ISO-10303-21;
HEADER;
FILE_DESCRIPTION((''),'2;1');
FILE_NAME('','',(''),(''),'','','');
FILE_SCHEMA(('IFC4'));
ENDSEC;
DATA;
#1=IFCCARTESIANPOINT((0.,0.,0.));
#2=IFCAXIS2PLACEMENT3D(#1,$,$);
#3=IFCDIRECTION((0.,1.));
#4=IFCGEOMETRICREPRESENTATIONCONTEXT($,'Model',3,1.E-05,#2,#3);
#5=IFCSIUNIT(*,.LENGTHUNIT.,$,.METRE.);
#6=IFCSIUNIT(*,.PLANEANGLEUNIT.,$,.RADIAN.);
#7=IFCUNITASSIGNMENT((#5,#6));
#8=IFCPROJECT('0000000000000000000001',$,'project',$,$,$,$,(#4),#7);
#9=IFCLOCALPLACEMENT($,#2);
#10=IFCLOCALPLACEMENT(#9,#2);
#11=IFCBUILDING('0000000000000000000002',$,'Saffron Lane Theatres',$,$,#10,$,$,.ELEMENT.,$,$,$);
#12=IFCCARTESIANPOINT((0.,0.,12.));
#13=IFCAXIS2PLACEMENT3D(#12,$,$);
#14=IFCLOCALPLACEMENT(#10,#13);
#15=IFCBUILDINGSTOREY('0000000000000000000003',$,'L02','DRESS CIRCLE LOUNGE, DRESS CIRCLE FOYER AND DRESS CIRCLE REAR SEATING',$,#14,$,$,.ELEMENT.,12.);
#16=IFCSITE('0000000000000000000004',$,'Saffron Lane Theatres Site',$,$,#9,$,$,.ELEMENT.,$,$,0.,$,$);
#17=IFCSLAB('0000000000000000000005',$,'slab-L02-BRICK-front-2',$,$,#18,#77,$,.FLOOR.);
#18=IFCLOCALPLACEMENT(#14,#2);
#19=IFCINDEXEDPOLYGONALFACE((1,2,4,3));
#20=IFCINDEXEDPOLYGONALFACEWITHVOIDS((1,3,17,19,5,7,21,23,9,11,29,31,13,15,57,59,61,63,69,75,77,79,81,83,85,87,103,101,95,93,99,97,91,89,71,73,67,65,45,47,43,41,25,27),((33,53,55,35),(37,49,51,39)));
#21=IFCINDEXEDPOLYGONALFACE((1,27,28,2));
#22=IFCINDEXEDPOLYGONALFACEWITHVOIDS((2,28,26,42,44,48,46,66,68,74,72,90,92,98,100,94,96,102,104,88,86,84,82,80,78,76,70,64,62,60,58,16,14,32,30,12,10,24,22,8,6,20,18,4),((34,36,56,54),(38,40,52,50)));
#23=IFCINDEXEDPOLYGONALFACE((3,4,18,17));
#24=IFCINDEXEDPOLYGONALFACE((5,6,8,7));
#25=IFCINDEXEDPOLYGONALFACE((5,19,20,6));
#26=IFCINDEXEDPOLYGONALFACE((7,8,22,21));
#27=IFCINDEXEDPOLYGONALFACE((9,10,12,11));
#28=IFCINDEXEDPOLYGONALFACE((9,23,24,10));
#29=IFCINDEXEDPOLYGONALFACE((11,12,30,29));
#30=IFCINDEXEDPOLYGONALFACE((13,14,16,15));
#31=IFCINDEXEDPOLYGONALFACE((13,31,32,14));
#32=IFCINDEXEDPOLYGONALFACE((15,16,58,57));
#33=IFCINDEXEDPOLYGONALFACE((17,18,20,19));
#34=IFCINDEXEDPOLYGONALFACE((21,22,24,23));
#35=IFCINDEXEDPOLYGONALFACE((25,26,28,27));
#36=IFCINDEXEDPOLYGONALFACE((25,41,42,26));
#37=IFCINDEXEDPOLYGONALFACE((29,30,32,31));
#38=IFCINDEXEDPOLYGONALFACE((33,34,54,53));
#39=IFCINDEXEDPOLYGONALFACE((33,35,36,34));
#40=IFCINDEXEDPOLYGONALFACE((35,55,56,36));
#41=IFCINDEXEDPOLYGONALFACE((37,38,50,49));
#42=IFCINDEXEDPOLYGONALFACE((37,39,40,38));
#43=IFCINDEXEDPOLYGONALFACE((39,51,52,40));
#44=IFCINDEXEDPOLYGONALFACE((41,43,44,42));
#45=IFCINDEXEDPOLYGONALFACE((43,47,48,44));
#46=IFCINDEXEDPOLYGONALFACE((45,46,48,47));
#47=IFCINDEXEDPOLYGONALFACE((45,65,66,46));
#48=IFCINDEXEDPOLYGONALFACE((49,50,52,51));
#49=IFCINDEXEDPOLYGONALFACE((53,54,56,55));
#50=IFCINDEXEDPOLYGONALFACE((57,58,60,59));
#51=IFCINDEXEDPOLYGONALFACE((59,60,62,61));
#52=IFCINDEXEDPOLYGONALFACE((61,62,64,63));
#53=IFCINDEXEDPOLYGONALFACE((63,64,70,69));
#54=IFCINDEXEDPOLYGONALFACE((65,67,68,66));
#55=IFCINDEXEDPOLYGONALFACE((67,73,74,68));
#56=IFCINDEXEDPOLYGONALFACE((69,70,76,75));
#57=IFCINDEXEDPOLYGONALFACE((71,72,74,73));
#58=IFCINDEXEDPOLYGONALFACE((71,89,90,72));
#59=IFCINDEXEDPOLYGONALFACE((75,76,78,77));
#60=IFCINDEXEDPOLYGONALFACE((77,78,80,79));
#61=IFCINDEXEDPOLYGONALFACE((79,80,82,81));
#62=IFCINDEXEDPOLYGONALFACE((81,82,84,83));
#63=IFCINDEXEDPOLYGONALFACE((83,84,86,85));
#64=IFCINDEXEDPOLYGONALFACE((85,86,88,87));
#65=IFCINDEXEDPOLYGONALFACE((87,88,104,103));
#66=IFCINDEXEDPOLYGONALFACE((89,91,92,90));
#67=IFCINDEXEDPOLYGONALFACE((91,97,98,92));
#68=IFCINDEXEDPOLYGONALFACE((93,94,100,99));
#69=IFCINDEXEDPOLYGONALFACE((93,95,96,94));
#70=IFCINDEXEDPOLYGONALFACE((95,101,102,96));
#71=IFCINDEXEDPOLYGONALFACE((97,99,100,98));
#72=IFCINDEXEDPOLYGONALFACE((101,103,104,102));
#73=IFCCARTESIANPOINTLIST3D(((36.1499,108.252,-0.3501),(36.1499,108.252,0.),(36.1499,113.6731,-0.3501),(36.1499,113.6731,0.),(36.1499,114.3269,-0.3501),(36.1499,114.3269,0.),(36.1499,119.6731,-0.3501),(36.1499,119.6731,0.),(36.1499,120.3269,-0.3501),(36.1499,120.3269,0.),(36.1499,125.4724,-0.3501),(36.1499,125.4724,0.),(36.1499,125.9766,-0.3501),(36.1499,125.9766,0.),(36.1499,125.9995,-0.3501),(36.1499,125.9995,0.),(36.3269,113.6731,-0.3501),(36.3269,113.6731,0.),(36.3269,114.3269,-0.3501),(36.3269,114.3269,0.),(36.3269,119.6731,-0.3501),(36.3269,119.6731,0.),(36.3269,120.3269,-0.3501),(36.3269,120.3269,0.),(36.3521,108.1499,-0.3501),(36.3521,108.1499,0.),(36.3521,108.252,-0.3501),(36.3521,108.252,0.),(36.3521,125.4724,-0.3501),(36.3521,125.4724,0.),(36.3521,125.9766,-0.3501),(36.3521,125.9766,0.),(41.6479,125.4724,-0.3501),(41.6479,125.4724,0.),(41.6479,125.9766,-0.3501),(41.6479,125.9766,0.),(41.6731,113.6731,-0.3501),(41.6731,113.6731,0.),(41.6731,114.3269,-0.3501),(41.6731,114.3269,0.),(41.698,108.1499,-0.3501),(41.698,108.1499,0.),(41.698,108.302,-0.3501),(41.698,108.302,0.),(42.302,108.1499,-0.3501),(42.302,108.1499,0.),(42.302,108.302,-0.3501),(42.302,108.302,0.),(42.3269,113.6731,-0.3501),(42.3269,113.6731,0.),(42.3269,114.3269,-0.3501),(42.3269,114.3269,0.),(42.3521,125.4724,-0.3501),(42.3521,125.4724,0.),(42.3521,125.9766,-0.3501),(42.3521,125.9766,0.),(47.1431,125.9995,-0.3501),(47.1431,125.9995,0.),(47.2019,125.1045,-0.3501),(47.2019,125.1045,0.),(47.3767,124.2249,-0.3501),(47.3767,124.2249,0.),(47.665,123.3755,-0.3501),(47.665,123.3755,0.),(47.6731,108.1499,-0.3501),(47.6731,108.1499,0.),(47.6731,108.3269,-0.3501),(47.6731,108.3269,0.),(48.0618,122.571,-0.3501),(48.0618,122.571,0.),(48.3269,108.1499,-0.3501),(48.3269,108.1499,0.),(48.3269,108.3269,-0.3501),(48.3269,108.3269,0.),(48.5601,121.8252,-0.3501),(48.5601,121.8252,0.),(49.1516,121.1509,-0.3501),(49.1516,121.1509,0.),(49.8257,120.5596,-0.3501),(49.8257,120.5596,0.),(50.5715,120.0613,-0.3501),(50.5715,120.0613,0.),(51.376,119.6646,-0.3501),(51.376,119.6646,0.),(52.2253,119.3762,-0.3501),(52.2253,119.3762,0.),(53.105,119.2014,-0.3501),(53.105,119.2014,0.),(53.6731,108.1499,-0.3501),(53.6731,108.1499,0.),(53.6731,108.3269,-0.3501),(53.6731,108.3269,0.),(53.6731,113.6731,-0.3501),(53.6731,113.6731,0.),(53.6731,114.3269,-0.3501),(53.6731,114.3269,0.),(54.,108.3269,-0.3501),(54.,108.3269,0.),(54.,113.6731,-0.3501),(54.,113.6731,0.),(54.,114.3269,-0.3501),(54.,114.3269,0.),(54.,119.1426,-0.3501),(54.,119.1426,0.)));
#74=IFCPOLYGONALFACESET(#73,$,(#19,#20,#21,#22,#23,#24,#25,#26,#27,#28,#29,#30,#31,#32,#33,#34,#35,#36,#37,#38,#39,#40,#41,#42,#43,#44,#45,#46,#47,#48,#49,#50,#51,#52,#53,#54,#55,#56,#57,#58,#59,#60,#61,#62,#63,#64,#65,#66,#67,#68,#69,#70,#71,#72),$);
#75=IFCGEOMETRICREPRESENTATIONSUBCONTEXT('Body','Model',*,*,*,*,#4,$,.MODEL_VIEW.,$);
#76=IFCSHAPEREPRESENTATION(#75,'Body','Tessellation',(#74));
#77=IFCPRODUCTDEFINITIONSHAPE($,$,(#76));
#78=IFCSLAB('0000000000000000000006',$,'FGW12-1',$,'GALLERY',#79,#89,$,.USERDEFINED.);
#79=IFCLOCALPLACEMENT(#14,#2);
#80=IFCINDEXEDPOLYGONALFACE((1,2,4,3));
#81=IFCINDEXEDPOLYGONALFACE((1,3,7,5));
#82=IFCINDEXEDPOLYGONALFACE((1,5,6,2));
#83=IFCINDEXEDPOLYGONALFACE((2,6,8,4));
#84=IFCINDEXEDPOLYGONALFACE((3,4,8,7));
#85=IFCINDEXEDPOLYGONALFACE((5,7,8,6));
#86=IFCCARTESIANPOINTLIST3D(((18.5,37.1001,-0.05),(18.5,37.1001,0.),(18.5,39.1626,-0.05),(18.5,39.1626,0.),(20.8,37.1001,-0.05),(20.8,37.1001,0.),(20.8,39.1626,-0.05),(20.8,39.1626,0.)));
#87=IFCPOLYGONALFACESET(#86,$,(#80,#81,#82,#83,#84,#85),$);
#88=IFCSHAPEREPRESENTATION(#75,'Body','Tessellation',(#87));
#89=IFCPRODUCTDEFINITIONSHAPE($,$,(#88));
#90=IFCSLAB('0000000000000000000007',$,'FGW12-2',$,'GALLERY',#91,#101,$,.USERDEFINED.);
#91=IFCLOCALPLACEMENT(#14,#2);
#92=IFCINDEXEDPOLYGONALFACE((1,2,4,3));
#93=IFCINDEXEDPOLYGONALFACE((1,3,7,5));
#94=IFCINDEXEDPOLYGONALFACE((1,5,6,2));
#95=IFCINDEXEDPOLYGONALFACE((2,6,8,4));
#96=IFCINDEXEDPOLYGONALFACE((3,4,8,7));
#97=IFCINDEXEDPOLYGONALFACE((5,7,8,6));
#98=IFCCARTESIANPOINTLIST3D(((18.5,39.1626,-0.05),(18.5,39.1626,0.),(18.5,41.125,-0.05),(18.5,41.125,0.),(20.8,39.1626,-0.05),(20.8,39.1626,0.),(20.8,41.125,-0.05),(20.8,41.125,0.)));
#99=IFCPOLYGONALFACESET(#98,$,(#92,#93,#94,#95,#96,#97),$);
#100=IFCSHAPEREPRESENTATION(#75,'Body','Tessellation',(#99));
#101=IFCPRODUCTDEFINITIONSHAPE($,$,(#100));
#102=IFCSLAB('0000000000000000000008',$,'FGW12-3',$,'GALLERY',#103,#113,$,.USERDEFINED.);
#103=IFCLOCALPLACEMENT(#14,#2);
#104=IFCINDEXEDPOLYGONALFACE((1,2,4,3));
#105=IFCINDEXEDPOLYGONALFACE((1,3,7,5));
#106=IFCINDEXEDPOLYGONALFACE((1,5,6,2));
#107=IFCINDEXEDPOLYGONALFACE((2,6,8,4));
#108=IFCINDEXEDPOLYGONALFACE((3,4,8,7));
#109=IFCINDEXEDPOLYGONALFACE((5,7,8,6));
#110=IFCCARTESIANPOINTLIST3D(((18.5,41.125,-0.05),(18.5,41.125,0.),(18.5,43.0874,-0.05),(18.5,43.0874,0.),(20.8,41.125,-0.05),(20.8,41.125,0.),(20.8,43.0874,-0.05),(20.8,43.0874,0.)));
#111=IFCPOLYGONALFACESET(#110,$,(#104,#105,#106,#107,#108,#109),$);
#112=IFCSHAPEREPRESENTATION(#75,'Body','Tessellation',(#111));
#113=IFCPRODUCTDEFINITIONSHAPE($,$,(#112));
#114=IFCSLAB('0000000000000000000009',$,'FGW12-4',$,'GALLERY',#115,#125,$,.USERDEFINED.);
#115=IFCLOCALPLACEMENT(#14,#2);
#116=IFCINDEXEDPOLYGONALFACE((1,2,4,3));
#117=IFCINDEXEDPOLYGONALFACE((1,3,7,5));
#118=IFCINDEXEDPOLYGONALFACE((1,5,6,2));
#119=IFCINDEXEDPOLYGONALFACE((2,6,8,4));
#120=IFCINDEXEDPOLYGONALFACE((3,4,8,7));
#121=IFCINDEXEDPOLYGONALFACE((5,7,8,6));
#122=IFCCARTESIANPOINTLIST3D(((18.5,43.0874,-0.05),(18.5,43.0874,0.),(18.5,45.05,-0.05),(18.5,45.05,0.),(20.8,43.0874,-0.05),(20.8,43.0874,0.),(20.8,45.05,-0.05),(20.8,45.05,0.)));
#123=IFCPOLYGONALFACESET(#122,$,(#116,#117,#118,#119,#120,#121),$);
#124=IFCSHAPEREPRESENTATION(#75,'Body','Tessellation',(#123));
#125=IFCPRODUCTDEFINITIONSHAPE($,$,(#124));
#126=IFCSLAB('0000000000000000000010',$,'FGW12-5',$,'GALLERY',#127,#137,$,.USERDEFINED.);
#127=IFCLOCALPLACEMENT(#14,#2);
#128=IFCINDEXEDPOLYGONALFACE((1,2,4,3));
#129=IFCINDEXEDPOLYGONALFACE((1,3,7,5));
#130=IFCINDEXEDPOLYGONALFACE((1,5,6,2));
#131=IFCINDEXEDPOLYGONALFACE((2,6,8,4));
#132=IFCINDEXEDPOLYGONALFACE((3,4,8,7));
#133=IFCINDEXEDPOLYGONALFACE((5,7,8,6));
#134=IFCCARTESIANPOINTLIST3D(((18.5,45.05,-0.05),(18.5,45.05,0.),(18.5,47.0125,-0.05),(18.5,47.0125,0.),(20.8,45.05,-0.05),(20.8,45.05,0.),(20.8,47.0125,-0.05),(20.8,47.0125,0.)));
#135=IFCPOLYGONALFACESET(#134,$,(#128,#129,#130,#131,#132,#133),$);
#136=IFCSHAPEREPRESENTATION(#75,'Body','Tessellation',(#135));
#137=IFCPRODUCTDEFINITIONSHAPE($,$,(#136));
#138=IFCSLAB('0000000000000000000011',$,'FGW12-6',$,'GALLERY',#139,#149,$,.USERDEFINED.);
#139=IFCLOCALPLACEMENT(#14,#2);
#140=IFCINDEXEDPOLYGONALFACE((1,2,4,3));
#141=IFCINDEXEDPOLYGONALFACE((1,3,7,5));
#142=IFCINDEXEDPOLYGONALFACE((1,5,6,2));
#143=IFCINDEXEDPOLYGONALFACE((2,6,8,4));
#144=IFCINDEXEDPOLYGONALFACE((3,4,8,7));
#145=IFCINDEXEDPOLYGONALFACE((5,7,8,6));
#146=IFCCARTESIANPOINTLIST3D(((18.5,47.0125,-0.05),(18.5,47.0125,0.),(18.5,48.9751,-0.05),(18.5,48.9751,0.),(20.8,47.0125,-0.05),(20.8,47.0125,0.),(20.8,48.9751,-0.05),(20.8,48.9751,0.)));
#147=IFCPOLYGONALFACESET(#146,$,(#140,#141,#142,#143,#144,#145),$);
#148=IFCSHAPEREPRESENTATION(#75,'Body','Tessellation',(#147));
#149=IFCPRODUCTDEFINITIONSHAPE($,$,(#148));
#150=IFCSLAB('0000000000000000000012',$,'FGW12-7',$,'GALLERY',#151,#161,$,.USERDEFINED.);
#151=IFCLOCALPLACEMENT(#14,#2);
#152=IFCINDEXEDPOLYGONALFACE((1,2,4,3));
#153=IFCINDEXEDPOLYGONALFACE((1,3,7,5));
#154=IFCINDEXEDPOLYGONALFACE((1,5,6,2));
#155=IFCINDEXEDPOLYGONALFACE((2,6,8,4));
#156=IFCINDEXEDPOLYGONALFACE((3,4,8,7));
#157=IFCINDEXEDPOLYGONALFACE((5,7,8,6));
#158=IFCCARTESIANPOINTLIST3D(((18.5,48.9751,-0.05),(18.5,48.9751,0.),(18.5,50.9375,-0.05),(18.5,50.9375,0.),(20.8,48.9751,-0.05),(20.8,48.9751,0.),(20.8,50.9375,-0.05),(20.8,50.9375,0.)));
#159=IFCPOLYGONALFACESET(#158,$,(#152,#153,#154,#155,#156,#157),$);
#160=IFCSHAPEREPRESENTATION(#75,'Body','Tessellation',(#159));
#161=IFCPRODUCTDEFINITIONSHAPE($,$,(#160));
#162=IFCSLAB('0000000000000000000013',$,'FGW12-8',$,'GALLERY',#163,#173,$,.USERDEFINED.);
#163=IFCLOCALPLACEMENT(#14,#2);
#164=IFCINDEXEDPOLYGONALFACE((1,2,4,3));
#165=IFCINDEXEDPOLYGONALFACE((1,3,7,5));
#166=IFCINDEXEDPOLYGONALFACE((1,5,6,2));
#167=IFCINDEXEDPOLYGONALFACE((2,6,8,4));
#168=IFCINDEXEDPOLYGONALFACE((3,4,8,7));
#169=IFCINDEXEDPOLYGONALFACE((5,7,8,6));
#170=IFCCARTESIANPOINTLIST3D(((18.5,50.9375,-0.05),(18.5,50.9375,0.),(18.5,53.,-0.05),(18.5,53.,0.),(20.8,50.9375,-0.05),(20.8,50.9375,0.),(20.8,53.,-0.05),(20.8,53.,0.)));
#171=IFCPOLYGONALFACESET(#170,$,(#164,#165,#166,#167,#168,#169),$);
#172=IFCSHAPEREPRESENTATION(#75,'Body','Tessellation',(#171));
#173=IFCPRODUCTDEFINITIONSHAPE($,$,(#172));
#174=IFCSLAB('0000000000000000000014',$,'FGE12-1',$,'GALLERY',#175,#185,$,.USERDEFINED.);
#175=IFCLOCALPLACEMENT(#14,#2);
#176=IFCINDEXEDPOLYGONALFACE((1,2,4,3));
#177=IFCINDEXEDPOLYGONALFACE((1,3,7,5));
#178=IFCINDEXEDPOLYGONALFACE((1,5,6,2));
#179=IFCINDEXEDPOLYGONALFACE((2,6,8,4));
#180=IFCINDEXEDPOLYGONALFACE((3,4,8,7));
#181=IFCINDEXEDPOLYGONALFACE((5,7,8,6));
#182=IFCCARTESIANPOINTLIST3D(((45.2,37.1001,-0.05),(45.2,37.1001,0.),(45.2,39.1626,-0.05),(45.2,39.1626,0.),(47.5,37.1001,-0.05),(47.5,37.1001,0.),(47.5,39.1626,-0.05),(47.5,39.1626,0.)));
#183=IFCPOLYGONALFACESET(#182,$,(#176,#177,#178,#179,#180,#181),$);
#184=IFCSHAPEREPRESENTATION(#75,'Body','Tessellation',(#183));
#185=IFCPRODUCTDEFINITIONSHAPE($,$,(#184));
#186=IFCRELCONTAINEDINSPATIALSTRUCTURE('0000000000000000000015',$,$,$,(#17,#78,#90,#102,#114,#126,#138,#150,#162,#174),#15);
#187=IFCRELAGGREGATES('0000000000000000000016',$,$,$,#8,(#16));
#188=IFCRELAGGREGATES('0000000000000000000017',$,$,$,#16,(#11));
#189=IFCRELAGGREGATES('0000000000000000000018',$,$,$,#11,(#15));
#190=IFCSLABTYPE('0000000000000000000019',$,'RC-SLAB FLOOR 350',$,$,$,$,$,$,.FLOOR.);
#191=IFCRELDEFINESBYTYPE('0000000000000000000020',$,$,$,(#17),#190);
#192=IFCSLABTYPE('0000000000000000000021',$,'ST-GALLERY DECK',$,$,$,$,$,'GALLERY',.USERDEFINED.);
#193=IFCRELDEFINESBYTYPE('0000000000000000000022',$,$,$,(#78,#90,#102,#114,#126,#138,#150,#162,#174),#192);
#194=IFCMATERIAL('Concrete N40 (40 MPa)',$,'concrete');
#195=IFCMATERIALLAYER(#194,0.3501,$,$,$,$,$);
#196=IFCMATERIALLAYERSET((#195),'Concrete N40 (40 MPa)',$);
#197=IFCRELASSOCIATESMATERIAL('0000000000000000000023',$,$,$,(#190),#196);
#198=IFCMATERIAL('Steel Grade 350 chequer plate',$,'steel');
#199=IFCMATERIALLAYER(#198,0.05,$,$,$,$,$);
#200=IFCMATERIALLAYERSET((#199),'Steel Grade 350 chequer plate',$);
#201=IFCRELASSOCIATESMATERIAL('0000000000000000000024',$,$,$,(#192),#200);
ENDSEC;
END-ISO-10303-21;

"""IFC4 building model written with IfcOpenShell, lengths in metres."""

from ifc_helpers import new_model, si_unit, direction, frame, origin, place, context, subcontext, project, spatial, polyline, outline, extrude, material, layer, layer_set, type_object, element, save


model = new_model("IFC4")

# Units and contexts
model_context = context("Model", 3, precision=1e-05, world=origin(), true_north=direction((0.0, 1.0)))
body_context = subcontext(model_context, "Body", "Model", "MODEL_VIEW")
ifc_project = project(units=[si_unit("LENGTHUNIT", "METRE"), si_unit("PLANEANGLEUNIT", "RADIAN")], contexts=[model_context])

# Site, building, storey
site_placement = place(None, origin())
site = spatial("IfcSite", under=ifc_project, at=site_placement, Name="Saffron Lane Theatres Site", CompositionType="ELEMENT", RefElevation=0.0)
building_placement = place(site_placement, origin())
building = spatial("IfcBuilding", under=site, at=building_placement, Name="Saffron Lane Theatres", CompositionType="ELEMENT")
storey_placement = place(building_placement, frame((0.0, 0.0, 12.0)))
storey = spatial("IfcBuildingStorey", under=building, at=storey_placement, Name="L02", Description="DRESS CIRCLE LOUNGE, DRESS CIRCLE FOYER AND DRESS CIRCLE REAR SEATING", CompositionType="ELEMENT", Elevation=12.0)

# Slabs
ifc_material_1 = material(Name="Concrete N40 (40 MPa)", Category="concrete")
ifc_layer_1 = layer(ifc_material_1, 0.3501)
ifc_layer_set_1 = layer_set([ifc_layer_1], Name="Concrete N40 (40 MPa)")
slab_type_1 = type_object("IfcSlabType", Name="RC-SLAB FLOOR 350", PredefinedType="FLOOR", material=ifc_layer_set_1)
slab_1_placement = place(storey_placement, frame((0.0, 0.0, -0.3501)))
element("IfcSlab", 1, at=slab_1_placement, inside=storey, type_object=slab_type_1, Name="slab-L02-BRICK-front-2", PredefinedType="FLOOR", context=body_context, shape_type="SweptSolid", body=[
    extrude(outline(polyline([(47.2019, 125.1045), (47.1431, 125.9995), (36.1499, 125.9995), (36.1499, 125.9766), (36.3521, 125.9766), (36.3521, 125.4724), (36.1499, 125.4724), (36.1499, 120.3269), (36.3269, 120.3269), (36.3269, 119.6731), (36.1499, 119.6731), (36.1499, 114.3269), (36.3269, 114.3269), (36.3269, 113.6731), (36.1499, 113.6731), (36.1499, 108.252), (36.3521, 108.252), (36.3521, 108.1499), (41.698, 108.1499), (41.698, 108.302), (42.302, 108.302), (42.302, 108.1499), (47.6731, 108.1499), (47.6731, 108.3269), (48.3269, 108.3269), (48.3269, 108.1499), (53.6731, 108.1499), (53.6731, 108.3269), (54.0, 108.3269), (54.0, 113.6731), (53.6731, 113.6731), (53.6731, 114.3269), (54.0, 114.3269), (54.0, 119.1426), (53.105, 119.2014), (52.2253, 119.3762), (51.376, 119.6646), (50.5715, 120.0613), (49.8257, 120.5596), (49.1516, 121.1509), (48.5601, 121.8252), (48.0618, 122.571), (47.665, 123.3755), (47.3767, 124.2249), (47.2019, 125.1045)]), holes=[polyline([(42.3521, 125.9766), (42.3521, 125.4724), (41.6479, 125.4724), (41.6479, 125.9766), (42.3521, 125.9766)]), polyline([(42.3269, 113.6731), (41.6731, 113.6731), (41.6731, 114.3269), (42.3269, 114.3269), (42.3269, 113.6731)])]), origin(), (0.0, 0.0, 1.0), 0.3501),
])
ifc_material_2 = material(Name="Steel Grade 350 chequer plate", Category="steel")
ifc_layer_2 = layer(ifc_material_2, 0.05)
ifc_layer_set_2 = layer_set([ifc_layer_2], Name="Steel Grade 350 chequer plate")
slab_type_2 = type_object("IfcSlabType", Name="ST-GALLERY DECK", ElementType="GALLERY", PredefinedType="USERDEFINED", material=ifc_layer_set_2)
slab_2_placement = place(storey_placement, frame((0.0, 0.0, -0.05)))
element("IfcSlab", 2, at=slab_2_placement, inside=storey, type_object=slab_type_2, Name="FGW12-1", ObjectType="GALLERY", PredefinedType="USERDEFINED", context=body_context, shape_type="SweptSolid", body=[
    extrude(outline(polyline([(18.5, 37.1001), (20.8, 37.1001), (20.8, 39.1626), (18.5, 39.1626), (18.5, 37.1001)])), origin(), (0.0, 0.0, 1.0), 0.05),
])
slab_3_placement = place(storey_placement, frame((0.0, 0.0, -0.05)))
element("IfcSlab", 3, at=slab_3_placement, inside=storey, type_object=slab_type_2, Name="FGW12-2", ObjectType="GALLERY", PredefinedType="USERDEFINED", context=body_context, shape_type="SweptSolid", body=[
    extrude(outline(polyline([(18.5, 39.1626), (20.8, 39.1626), (20.8, 41.125), (18.5, 41.125), (18.5, 39.1626)])), origin(), (0.0, 0.0, 1.0), 0.05),
])
slab_4_placement = place(storey_placement, frame((0.0, 0.0, -0.05)))
element("IfcSlab", 4, at=slab_4_placement, inside=storey, type_object=slab_type_2, Name="FGW12-3", ObjectType="GALLERY", PredefinedType="USERDEFINED", context=body_context, shape_type="SweptSolid", body=[
    extrude(outline(polyline([(18.5, 41.125), (20.8, 41.125), (20.8, 43.0874), (18.5, 43.0874), (18.5, 41.125)])), origin(), (0.0, 0.0, 1.0), 0.05),
])
slab_5_placement = place(storey_placement, frame((0.0, 0.0, -0.05)))
element("IfcSlab", 5, at=slab_5_placement, inside=storey, type_object=slab_type_2, Name="FGW12-4", ObjectType="GALLERY", PredefinedType="USERDEFINED", context=body_context, shape_type="SweptSolid", body=[
    extrude(outline(polyline([(18.5, 43.0874), (20.8, 43.0874), (20.8, 45.05), (18.5, 45.05), (18.5, 43.0874)])), origin(), (0.0, 0.0, 1.0), 0.05),
])
slab_6_placement = place(storey_placement, frame((0.0, 0.0, -0.05)))
element("IfcSlab", 6, at=slab_6_placement, inside=storey, type_object=slab_type_2, Name="FGW12-5", ObjectType="GALLERY", PredefinedType="USERDEFINED", context=body_context, shape_type="SweptSolid", body=[
    extrude(outline(polyline([(18.5, 45.05), (20.8, 45.05), (20.8, 47.0125), (18.5, 47.0125), (18.5, 45.05)])), origin(), (0.0, 0.0, 1.0), 0.05),
])
slab_7_placement = place(storey_placement, frame((0.0, 0.0, -0.05)))
element("IfcSlab", 7, at=slab_7_placement, inside=storey, type_object=slab_type_2, Name="FGW12-6", ObjectType="GALLERY", PredefinedType="USERDEFINED", context=body_context, shape_type="SweptSolid", body=[
    extrude(outline(polyline([(18.5, 47.0125), (20.8, 47.0125), (20.8, 48.9751), (18.5, 48.9751), (18.5, 47.0125)])), origin(), (0.0, 0.0, 1.0), 0.05),
])
slab_8_placement = place(storey_placement, frame((0.0, 0.0, -0.05)))
element("IfcSlab", 8, at=slab_8_placement, inside=storey, type_object=slab_type_2, Name="FGW12-7", ObjectType="GALLERY", PredefinedType="USERDEFINED", context=body_context, shape_type="SweptSolid", body=[
    extrude(outline(polyline([(18.5, 48.9751), (20.8, 48.9751), (20.8, 50.9375), (18.5, 50.9375), (18.5, 48.9751)])), origin(), (0.0, 0.0, 1.0), 0.05),
])
slab_9_placement = place(storey_placement, frame((0.0, 0.0, -0.05)))
element("IfcSlab", 9, at=slab_9_placement, inside=storey, type_object=slab_type_2, Name="FGW12-8", ObjectType="GALLERY", PredefinedType="USERDEFINED", context=body_context, shape_type="SweptSolid", body=[
    extrude(outline(polyline([(18.5, 50.9375), (20.8, 50.9375), (20.8, 53.0), (18.5, 53.0), (18.5, 50.9375)])), origin(), (0.0, 0.0, 1.0), 0.05),
])
slab_10_placement = place(storey_placement, frame((0.0, 0.0, -0.05)))
element("IfcSlab", 10, at=slab_10_placement, inside=storey, type_object=slab_type_2, Name="FGE12-1", ObjectType="GALLERY", PredefinedType="USERDEFINED", context=body_context, shape_type="SweptSolid", body=[
    extrude(outline(polyline([(45.2, 37.1001), (47.5, 37.1001), (47.5, 39.1626), (45.2, 39.1626), (45.2, 37.1001)])), origin(), (0.0, 0.0, 1.0), 0.05),
])

save(model, "model.ifc")
